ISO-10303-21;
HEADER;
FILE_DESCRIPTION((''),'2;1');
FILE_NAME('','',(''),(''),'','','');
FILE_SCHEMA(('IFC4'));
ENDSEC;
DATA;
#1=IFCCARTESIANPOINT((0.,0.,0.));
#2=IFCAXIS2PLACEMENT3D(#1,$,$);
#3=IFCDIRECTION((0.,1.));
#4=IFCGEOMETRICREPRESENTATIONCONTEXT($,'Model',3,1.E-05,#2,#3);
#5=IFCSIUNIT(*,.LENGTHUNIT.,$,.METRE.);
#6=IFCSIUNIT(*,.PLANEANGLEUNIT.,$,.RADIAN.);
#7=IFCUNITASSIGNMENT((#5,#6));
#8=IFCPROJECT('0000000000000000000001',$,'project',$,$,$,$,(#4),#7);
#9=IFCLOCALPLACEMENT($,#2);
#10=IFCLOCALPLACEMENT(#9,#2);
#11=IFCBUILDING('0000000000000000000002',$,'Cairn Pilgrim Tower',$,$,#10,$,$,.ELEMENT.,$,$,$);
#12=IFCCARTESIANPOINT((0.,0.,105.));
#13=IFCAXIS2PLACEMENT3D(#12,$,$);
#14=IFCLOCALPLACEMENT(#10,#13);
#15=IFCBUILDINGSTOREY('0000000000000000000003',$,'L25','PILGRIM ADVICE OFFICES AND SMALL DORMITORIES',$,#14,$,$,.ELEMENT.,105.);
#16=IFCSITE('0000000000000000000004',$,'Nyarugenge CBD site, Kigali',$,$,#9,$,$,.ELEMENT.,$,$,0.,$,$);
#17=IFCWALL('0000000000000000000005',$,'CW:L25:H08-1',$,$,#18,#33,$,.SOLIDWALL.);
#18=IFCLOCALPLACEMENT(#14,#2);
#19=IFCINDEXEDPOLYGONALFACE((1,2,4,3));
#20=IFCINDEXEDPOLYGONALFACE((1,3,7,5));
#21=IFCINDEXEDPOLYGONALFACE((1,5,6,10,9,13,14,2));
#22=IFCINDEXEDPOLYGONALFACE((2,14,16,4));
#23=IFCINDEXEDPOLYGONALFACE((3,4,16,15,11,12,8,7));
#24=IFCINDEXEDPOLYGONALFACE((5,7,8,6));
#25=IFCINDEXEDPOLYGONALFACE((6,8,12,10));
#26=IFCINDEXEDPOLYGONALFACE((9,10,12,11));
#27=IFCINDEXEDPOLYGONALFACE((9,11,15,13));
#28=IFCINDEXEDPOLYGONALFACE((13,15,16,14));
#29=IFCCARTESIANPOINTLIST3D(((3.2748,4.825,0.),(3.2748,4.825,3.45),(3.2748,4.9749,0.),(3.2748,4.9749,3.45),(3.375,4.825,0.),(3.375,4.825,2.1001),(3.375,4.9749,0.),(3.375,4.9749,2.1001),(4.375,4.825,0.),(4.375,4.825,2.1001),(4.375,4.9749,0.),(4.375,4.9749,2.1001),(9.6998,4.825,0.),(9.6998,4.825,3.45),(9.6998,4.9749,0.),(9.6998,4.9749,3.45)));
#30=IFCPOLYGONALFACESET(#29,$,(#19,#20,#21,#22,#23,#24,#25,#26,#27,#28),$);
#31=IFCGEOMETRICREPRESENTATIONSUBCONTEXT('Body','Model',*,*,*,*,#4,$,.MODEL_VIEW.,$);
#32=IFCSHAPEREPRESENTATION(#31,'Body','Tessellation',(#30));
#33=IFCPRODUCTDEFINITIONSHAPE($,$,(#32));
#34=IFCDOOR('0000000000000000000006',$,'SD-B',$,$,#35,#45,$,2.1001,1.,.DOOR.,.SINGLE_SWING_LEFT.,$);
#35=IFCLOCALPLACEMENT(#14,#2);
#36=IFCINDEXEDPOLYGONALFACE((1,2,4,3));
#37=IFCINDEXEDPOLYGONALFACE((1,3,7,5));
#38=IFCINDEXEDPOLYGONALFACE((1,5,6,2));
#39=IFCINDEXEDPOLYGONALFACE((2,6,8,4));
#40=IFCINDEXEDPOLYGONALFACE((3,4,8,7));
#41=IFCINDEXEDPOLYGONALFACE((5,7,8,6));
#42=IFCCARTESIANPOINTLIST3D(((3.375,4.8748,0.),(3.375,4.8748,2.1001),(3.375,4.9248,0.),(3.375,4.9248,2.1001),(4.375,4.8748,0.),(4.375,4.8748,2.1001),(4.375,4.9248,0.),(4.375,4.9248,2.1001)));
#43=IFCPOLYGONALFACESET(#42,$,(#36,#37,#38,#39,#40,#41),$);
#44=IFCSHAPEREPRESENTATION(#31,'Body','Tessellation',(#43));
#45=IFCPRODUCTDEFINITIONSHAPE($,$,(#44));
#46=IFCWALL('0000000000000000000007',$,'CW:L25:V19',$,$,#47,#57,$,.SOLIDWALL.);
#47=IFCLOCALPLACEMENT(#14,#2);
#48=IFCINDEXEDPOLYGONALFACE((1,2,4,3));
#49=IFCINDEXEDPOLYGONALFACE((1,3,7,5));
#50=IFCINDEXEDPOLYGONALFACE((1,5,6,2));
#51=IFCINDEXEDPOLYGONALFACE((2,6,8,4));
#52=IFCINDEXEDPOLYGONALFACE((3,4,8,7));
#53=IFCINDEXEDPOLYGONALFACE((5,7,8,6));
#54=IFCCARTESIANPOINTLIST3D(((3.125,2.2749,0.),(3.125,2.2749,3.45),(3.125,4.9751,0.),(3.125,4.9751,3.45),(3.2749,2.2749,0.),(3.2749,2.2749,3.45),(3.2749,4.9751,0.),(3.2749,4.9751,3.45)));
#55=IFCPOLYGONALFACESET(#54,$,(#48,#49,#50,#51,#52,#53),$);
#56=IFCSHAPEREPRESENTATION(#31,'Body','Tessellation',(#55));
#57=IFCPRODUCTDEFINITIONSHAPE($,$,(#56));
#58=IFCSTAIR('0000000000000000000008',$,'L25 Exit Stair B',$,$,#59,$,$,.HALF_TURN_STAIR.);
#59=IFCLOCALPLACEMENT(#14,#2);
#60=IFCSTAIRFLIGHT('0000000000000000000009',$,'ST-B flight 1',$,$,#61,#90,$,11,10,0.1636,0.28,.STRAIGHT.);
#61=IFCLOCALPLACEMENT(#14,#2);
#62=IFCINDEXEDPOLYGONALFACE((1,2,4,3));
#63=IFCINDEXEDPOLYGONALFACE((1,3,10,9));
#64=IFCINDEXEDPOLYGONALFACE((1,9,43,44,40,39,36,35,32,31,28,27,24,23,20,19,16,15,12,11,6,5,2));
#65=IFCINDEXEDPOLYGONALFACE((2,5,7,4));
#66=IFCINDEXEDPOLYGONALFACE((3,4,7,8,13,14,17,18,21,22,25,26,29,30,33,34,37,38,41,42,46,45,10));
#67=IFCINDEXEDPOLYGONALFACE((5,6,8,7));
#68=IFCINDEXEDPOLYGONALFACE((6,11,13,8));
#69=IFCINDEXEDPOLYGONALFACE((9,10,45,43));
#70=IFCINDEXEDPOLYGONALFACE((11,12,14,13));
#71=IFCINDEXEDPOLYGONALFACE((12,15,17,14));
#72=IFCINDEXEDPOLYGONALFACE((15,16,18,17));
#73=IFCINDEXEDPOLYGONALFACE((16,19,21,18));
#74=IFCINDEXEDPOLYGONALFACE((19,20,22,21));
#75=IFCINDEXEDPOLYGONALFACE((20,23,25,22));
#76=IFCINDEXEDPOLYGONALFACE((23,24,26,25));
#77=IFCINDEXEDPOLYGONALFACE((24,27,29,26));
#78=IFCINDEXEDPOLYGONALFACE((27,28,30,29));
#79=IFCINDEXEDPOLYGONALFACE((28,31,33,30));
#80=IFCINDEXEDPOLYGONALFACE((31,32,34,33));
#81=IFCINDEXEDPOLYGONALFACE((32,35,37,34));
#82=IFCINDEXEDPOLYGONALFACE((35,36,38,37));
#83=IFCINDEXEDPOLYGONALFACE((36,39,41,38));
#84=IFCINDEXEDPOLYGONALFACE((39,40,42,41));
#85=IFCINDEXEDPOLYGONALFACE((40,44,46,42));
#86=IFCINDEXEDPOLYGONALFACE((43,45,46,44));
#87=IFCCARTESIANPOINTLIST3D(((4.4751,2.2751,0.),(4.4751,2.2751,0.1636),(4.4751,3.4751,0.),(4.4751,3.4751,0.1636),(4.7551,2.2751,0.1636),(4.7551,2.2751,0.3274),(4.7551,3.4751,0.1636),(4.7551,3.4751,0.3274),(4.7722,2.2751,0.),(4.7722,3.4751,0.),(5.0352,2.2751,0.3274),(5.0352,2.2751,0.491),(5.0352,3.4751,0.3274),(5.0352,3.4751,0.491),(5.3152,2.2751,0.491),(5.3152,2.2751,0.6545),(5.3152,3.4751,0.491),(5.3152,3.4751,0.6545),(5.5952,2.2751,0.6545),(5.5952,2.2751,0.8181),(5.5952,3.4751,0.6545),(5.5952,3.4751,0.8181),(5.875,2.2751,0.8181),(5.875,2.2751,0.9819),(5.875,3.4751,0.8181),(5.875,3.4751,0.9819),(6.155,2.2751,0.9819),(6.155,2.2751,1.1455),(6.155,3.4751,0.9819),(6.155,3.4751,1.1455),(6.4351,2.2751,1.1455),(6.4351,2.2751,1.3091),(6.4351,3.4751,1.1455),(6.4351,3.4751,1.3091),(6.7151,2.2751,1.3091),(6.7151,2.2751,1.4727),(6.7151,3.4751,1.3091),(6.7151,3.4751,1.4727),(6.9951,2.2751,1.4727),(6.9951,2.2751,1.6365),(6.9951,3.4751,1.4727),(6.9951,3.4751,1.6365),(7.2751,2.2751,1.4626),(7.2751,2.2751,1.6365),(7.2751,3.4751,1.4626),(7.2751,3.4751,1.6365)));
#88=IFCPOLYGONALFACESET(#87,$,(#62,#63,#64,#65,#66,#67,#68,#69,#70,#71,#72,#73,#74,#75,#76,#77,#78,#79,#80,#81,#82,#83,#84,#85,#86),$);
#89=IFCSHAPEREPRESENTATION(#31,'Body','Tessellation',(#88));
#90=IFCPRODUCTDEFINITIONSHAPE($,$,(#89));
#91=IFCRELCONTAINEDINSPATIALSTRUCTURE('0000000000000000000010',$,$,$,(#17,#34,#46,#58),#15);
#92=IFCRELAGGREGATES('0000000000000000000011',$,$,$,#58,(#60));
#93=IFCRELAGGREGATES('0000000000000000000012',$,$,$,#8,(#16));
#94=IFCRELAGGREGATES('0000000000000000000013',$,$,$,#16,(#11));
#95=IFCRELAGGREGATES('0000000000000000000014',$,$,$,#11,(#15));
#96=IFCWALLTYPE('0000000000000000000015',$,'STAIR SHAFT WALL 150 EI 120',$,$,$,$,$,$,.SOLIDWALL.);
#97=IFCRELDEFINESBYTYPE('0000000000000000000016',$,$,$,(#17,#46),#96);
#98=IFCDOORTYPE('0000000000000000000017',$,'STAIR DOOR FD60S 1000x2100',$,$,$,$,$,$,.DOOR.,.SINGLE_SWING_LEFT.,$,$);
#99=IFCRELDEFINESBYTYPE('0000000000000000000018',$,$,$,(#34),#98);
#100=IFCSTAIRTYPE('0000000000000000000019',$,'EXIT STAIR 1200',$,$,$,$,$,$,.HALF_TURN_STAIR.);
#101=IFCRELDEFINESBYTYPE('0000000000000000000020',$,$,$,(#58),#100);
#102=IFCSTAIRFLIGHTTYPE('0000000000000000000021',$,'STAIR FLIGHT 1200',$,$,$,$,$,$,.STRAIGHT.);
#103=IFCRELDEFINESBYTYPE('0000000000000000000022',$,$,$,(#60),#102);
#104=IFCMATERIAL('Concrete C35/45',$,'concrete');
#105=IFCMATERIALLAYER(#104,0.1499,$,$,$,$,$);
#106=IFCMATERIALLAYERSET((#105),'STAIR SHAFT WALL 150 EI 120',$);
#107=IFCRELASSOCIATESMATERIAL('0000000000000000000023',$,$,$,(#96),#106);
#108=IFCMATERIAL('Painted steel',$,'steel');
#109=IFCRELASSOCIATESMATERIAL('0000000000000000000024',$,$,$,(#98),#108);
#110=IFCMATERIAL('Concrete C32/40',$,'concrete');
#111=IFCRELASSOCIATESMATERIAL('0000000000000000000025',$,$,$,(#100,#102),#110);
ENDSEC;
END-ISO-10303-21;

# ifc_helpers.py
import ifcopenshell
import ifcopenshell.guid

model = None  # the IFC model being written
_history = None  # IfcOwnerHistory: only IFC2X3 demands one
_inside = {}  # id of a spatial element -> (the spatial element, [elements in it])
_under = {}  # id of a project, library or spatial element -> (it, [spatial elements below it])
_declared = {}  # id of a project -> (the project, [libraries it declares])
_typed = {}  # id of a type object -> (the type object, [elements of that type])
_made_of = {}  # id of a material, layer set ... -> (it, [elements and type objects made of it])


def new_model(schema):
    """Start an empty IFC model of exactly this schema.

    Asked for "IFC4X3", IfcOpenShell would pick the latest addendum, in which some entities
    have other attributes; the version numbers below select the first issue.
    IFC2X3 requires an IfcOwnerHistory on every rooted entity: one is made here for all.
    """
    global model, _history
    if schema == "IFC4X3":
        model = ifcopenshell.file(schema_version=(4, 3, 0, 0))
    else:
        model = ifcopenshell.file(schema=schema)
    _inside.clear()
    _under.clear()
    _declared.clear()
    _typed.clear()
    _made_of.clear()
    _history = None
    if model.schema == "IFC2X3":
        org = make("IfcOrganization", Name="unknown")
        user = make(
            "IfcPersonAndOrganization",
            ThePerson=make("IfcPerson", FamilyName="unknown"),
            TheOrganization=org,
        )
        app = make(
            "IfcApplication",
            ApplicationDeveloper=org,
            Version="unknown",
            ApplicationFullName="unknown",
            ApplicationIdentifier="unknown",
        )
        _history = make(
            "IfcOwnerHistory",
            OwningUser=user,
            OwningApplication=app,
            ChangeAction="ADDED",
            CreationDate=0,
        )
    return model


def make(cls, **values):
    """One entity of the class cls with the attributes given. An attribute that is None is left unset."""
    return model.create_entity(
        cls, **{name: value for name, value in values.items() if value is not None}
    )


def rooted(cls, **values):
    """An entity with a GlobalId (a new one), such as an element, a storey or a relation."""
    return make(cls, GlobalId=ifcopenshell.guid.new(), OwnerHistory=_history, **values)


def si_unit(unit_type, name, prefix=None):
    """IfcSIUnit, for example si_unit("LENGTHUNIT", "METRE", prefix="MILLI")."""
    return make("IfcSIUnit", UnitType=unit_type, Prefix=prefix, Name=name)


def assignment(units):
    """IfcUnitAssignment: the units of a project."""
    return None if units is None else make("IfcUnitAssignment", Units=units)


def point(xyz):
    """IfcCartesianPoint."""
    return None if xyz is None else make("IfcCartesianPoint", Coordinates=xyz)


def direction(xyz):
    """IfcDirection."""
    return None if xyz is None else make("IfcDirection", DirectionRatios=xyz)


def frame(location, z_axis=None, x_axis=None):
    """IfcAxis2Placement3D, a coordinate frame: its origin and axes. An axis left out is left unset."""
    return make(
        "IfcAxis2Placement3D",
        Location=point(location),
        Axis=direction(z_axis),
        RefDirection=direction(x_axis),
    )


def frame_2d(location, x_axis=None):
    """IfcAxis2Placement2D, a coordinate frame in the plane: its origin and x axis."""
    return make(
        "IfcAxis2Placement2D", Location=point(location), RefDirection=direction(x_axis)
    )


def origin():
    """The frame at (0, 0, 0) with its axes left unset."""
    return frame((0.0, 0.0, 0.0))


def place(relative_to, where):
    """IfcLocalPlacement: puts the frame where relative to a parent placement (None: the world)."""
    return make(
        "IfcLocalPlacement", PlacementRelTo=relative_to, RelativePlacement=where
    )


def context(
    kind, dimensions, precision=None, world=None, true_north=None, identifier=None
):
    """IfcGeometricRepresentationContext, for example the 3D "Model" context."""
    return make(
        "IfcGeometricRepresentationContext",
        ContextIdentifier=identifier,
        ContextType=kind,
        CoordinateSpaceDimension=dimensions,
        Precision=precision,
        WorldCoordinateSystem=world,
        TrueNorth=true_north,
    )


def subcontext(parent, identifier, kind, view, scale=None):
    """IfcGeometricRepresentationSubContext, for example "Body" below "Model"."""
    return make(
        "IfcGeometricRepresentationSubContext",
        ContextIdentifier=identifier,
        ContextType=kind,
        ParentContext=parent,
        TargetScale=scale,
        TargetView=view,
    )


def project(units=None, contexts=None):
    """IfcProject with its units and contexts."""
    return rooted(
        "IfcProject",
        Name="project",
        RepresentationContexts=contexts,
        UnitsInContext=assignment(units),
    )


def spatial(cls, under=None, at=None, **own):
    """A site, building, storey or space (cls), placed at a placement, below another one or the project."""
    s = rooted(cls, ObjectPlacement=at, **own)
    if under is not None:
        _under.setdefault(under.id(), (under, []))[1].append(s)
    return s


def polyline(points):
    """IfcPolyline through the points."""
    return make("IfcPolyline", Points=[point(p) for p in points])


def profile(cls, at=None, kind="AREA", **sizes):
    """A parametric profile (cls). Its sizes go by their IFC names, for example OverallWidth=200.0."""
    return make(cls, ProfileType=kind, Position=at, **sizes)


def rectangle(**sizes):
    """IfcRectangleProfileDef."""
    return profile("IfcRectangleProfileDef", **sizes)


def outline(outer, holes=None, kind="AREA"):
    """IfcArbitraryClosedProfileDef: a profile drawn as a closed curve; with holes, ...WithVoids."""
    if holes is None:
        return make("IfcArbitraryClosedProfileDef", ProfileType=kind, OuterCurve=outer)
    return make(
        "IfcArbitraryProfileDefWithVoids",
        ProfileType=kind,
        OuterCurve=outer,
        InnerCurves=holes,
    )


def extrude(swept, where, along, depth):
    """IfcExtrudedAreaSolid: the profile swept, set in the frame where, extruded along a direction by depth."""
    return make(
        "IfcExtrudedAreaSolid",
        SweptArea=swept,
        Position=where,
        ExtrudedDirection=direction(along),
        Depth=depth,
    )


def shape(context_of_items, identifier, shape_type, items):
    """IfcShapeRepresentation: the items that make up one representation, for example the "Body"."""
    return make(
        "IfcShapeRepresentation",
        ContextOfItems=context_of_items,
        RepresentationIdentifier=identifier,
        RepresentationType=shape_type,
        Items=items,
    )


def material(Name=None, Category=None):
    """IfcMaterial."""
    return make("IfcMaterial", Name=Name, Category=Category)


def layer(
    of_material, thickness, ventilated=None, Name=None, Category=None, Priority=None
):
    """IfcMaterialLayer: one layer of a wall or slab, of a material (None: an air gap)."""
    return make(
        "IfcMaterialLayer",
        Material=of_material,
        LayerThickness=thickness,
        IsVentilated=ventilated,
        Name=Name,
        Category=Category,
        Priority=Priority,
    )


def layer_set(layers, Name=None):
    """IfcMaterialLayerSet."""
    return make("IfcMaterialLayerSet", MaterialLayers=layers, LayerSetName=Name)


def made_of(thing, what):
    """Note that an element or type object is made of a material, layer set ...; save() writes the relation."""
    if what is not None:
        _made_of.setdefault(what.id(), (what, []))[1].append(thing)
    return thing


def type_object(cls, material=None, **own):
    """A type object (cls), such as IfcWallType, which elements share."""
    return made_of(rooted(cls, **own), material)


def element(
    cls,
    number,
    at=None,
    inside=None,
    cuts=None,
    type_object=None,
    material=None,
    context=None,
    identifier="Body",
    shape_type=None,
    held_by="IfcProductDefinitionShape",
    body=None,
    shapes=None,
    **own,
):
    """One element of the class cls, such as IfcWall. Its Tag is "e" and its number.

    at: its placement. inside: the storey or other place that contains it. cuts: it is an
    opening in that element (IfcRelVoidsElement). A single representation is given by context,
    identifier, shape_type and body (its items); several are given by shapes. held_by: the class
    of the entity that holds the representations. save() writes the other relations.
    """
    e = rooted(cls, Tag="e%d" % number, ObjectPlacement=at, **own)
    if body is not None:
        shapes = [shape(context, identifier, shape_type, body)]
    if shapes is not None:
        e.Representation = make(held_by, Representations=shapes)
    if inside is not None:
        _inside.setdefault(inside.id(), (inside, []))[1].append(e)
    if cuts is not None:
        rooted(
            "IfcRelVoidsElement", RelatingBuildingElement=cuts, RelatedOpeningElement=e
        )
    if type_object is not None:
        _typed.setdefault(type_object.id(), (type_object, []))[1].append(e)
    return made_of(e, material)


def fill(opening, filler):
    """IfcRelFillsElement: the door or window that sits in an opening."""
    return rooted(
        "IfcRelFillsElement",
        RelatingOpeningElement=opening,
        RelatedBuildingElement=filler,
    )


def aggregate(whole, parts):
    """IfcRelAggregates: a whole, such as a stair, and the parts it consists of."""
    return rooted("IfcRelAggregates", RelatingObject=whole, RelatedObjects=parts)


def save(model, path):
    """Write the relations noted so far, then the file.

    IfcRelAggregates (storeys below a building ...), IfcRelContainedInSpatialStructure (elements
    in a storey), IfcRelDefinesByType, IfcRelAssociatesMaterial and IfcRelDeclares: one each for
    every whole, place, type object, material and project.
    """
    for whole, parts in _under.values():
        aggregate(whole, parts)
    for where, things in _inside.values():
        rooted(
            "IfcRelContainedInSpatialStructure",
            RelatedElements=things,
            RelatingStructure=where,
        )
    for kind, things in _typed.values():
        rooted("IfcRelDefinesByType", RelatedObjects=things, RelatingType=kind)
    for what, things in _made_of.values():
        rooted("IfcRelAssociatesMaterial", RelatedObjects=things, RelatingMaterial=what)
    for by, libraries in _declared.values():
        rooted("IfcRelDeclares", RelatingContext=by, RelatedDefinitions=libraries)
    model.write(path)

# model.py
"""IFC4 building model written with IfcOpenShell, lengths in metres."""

from ifc_helpers import new_model, si_unit, direction, frame, frame_2d, origin, place, context, subcontext, project, spatial, polyline, rectangle, outline, extrude, material, layer, layer_set, type_object, element, fill, aggregate, save


model = new_model("IFC4")

# Units and contexts
model_context = context("Model", 3, precision=1e-05, world=origin(), true_north=direction((0.0, 1.0)))
body_context = subcontext(model_context, "Body", "Model", "MODEL_VIEW")
ifc_project = project(units=[si_unit("LENGTHUNIT", "METRE"), si_unit("PLANEANGLEUNIT", "RADIAN")], contexts=[model_context])

# Site, building, storey
site_placement = place(None, origin())
site = spatial("IfcSite", under=ifc_project, at=site_placement, Name="Nyarugenge CBD site, Kigali", CompositionType="ELEMENT", RefElevation=0.0)
building_placement = place(site_placement, origin())
building = spatial("IfcBuilding", under=site, at=building_placement, Name="Cairn Pilgrim Tower", CompositionType="ELEMENT")
storey_placement = place(building_placement, frame((0.0, 0.0, 105.0)))
storey = spatial("IfcBuildingStorey", under=building, at=storey_placement, Name="L25", Description="PILGRIM ADVICE OFFICES AND SMALL DORMITORIES", CompositionType="ELEMENT", Elevation=105.0)

# Shared definitions
ifc_material_1 = material(Name="Concrete C32/40", Category="concrete")

# Shared definitions
ifc_material_2 = material(Name="Painted steel", Category="steel")

# Shared definitions
ifc_material_3 = material(Name="Concrete C35/45", Category="concrete")
ifc_layer_1 = layer(ifc_material_3, 0.1499)
ifc_layer_set_1 = layer_set([ifc_layer_1], Name="STAIR SHAFT WALL 150 EI 120")
wall_type_1 = type_object("IfcWallType", Name="STAIR SHAFT WALL 150 EI 120", PredefinedType="SOLIDWALL", material=ifc_layer_set_1)

# Wall, opening, door
wall_1_placement = place(storey_placement, frame((3.2749, 4.8999, 0.0), z_axis=(0.0, 0.0, 1.0), x_axis=(1.0, 0.0, 0.0)))
wall_1 = element("IfcWall", 1, at=wall_1_placement, inside=storey, type_object=wall_type_1, Name="CW:L25:H08-1", PredefinedType="SOLIDWALL", context=body_context, shape_type="SweptSolid", body=[
    extrude(rectangle(XDim=6.425, YDim=0.1499, at=frame_2d((3.2124, 0.0))), origin(), (0.0, 0.0, 1.0), 3.45),
])
opening_1_placement = place(wall_1_placement, frame((0.1001, 0.0, 0.0)))
opening_1 = element("IfcOpeningElement", 2, at=opening_1_placement, cuts=wall_1, PredefinedType="OPENING", context=body_context, shape_type="SweptSolid", body=[
    extrude(rectangle(XDim=1.0, YDim=2.1001, at=frame_2d((0.5, 1.05))), frame((0.0, 0.085, 0.0), z_axis=(0.0, -1.0, 0.0), x_axis=(1.0, 0.0, 0.0)), (0.0, 0.0, 1.0), 0.1699),
])
door_type_1 = type_object("IfcDoorType", Name="STAIR DOOR FD60S 1000x2100", OperationType="SINGLE_SWING_LEFT", PredefinedType="DOOR", material=ifc_material_2)
door_1_placement = place(opening_1_placement, origin())
door_1 = element("IfcDoor", 3, at=door_1_placement, inside=storey, type_object=door_type_1, Name="SD-B", OperationType="SINGLE_SWING_LEFT", OverallHeight=2.1001, OverallWidth=1.0, PredefinedType="DOOR", context=body_context, shape_type="SweptSolid", body=[
    extrude(rectangle(XDim=1.0, YDim=2.1001, at=frame_2d((0.5, 1.05))), frame((0.0, 0.0249, 0.0), z_axis=(0.0, -1.0, 0.0), x_axis=(1.0, 0.0, 0.0)), (0.0, 0.0, 1.0), 0.05),
])
fill(opening_1, door_1)

# Wall
wall_2_placement = place(storey_placement, frame((3.2, 2.2749, 0.0), z_axis=(0.0, 0.0, 1.0), x_axis=(0.0, 1.0, 0.0)))
element("IfcWall", 4, at=wall_2_placement, inside=storey, type_object=wall_type_1, Name="CW:L25:V19", PredefinedType="SOLIDWALL", context=body_context, shape_type="SweptSolid", body=[
    extrude(rectangle(XDim=2.7002, YDim=0.1499, at=frame_2d((1.3501, 0.0))), origin(), (0.0, 0.0, 1.0), 3.45),
])

# Stair, stair flight
stair_type = type_object("IfcStairType", Name="EXIT STAIR 1200", PredefinedType="HALF_TURN_STAIR", material=ifc_material_1)
stair_placement = place(storey_placement, origin())
stair = element("IfcStair", 5, at=stair_placement, inside=storey, type_object=stair_type, Name="L25 Exit Stair B", PredefinedType="HALF_TURN_STAIR")
stair_flight_type = type_object("IfcStairFlightType", Name="STAIR FLIGHT 1200", PredefinedType="STRAIGHT", material=ifc_material_1)
stair_flight_placement = place(storey_placement, frame((4.4751, 2.875, 0.0), z_axis=(0.0, 0.0, 1.0), x_axis=(1.0, 0.0, 0.0)))
stair_flight = element("IfcStairFlight", 6, at=stair_flight_placement, type_object=stair_flight_type, Name="ST-B flight 1", NumberOfRisers=11, NumberOfTreads=10, PredefinedType="STRAIGHT", RiserHeight=0.1636, TreadLength=0.28, context=body_context, shape_type="SweptSolid", body=[
    extrude(outline(polyline([(0.0, 0.0), (0.0, 0.1636), (0.28, 0.1636), (0.28, 0.3274), (0.5601, 0.3274), (0.5601, 0.491), (0.8401, 0.491), (0.8401, 0.6545), (1.1201, 0.6545), (1.1201, 0.8181), (1.3999, 0.8181), (1.3999, 0.9819), (1.6799, 0.9819), (1.6799, 1.1455), (1.96, 1.1455), (1.96, 1.3091), (2.24, 1.3091), (2.24, 1.4727), (2.52, 1.4727), (2.52, 1.6365), (2.8, 1.6365), (2.8, 1.8), (2.8, 1.4626), (0.2971, 0.0), (0.0, 0.0)])), frame((0.0, 0.6001, 0.0), z_axis=(0.0, -1.0, 0.0), x_axis=(1.0, 0.0, 0.0)), (0.0, 0.0, 1.0), 1.2),
])
aggregate(stair, [stair_flight])

save(model, "model.ifc")
